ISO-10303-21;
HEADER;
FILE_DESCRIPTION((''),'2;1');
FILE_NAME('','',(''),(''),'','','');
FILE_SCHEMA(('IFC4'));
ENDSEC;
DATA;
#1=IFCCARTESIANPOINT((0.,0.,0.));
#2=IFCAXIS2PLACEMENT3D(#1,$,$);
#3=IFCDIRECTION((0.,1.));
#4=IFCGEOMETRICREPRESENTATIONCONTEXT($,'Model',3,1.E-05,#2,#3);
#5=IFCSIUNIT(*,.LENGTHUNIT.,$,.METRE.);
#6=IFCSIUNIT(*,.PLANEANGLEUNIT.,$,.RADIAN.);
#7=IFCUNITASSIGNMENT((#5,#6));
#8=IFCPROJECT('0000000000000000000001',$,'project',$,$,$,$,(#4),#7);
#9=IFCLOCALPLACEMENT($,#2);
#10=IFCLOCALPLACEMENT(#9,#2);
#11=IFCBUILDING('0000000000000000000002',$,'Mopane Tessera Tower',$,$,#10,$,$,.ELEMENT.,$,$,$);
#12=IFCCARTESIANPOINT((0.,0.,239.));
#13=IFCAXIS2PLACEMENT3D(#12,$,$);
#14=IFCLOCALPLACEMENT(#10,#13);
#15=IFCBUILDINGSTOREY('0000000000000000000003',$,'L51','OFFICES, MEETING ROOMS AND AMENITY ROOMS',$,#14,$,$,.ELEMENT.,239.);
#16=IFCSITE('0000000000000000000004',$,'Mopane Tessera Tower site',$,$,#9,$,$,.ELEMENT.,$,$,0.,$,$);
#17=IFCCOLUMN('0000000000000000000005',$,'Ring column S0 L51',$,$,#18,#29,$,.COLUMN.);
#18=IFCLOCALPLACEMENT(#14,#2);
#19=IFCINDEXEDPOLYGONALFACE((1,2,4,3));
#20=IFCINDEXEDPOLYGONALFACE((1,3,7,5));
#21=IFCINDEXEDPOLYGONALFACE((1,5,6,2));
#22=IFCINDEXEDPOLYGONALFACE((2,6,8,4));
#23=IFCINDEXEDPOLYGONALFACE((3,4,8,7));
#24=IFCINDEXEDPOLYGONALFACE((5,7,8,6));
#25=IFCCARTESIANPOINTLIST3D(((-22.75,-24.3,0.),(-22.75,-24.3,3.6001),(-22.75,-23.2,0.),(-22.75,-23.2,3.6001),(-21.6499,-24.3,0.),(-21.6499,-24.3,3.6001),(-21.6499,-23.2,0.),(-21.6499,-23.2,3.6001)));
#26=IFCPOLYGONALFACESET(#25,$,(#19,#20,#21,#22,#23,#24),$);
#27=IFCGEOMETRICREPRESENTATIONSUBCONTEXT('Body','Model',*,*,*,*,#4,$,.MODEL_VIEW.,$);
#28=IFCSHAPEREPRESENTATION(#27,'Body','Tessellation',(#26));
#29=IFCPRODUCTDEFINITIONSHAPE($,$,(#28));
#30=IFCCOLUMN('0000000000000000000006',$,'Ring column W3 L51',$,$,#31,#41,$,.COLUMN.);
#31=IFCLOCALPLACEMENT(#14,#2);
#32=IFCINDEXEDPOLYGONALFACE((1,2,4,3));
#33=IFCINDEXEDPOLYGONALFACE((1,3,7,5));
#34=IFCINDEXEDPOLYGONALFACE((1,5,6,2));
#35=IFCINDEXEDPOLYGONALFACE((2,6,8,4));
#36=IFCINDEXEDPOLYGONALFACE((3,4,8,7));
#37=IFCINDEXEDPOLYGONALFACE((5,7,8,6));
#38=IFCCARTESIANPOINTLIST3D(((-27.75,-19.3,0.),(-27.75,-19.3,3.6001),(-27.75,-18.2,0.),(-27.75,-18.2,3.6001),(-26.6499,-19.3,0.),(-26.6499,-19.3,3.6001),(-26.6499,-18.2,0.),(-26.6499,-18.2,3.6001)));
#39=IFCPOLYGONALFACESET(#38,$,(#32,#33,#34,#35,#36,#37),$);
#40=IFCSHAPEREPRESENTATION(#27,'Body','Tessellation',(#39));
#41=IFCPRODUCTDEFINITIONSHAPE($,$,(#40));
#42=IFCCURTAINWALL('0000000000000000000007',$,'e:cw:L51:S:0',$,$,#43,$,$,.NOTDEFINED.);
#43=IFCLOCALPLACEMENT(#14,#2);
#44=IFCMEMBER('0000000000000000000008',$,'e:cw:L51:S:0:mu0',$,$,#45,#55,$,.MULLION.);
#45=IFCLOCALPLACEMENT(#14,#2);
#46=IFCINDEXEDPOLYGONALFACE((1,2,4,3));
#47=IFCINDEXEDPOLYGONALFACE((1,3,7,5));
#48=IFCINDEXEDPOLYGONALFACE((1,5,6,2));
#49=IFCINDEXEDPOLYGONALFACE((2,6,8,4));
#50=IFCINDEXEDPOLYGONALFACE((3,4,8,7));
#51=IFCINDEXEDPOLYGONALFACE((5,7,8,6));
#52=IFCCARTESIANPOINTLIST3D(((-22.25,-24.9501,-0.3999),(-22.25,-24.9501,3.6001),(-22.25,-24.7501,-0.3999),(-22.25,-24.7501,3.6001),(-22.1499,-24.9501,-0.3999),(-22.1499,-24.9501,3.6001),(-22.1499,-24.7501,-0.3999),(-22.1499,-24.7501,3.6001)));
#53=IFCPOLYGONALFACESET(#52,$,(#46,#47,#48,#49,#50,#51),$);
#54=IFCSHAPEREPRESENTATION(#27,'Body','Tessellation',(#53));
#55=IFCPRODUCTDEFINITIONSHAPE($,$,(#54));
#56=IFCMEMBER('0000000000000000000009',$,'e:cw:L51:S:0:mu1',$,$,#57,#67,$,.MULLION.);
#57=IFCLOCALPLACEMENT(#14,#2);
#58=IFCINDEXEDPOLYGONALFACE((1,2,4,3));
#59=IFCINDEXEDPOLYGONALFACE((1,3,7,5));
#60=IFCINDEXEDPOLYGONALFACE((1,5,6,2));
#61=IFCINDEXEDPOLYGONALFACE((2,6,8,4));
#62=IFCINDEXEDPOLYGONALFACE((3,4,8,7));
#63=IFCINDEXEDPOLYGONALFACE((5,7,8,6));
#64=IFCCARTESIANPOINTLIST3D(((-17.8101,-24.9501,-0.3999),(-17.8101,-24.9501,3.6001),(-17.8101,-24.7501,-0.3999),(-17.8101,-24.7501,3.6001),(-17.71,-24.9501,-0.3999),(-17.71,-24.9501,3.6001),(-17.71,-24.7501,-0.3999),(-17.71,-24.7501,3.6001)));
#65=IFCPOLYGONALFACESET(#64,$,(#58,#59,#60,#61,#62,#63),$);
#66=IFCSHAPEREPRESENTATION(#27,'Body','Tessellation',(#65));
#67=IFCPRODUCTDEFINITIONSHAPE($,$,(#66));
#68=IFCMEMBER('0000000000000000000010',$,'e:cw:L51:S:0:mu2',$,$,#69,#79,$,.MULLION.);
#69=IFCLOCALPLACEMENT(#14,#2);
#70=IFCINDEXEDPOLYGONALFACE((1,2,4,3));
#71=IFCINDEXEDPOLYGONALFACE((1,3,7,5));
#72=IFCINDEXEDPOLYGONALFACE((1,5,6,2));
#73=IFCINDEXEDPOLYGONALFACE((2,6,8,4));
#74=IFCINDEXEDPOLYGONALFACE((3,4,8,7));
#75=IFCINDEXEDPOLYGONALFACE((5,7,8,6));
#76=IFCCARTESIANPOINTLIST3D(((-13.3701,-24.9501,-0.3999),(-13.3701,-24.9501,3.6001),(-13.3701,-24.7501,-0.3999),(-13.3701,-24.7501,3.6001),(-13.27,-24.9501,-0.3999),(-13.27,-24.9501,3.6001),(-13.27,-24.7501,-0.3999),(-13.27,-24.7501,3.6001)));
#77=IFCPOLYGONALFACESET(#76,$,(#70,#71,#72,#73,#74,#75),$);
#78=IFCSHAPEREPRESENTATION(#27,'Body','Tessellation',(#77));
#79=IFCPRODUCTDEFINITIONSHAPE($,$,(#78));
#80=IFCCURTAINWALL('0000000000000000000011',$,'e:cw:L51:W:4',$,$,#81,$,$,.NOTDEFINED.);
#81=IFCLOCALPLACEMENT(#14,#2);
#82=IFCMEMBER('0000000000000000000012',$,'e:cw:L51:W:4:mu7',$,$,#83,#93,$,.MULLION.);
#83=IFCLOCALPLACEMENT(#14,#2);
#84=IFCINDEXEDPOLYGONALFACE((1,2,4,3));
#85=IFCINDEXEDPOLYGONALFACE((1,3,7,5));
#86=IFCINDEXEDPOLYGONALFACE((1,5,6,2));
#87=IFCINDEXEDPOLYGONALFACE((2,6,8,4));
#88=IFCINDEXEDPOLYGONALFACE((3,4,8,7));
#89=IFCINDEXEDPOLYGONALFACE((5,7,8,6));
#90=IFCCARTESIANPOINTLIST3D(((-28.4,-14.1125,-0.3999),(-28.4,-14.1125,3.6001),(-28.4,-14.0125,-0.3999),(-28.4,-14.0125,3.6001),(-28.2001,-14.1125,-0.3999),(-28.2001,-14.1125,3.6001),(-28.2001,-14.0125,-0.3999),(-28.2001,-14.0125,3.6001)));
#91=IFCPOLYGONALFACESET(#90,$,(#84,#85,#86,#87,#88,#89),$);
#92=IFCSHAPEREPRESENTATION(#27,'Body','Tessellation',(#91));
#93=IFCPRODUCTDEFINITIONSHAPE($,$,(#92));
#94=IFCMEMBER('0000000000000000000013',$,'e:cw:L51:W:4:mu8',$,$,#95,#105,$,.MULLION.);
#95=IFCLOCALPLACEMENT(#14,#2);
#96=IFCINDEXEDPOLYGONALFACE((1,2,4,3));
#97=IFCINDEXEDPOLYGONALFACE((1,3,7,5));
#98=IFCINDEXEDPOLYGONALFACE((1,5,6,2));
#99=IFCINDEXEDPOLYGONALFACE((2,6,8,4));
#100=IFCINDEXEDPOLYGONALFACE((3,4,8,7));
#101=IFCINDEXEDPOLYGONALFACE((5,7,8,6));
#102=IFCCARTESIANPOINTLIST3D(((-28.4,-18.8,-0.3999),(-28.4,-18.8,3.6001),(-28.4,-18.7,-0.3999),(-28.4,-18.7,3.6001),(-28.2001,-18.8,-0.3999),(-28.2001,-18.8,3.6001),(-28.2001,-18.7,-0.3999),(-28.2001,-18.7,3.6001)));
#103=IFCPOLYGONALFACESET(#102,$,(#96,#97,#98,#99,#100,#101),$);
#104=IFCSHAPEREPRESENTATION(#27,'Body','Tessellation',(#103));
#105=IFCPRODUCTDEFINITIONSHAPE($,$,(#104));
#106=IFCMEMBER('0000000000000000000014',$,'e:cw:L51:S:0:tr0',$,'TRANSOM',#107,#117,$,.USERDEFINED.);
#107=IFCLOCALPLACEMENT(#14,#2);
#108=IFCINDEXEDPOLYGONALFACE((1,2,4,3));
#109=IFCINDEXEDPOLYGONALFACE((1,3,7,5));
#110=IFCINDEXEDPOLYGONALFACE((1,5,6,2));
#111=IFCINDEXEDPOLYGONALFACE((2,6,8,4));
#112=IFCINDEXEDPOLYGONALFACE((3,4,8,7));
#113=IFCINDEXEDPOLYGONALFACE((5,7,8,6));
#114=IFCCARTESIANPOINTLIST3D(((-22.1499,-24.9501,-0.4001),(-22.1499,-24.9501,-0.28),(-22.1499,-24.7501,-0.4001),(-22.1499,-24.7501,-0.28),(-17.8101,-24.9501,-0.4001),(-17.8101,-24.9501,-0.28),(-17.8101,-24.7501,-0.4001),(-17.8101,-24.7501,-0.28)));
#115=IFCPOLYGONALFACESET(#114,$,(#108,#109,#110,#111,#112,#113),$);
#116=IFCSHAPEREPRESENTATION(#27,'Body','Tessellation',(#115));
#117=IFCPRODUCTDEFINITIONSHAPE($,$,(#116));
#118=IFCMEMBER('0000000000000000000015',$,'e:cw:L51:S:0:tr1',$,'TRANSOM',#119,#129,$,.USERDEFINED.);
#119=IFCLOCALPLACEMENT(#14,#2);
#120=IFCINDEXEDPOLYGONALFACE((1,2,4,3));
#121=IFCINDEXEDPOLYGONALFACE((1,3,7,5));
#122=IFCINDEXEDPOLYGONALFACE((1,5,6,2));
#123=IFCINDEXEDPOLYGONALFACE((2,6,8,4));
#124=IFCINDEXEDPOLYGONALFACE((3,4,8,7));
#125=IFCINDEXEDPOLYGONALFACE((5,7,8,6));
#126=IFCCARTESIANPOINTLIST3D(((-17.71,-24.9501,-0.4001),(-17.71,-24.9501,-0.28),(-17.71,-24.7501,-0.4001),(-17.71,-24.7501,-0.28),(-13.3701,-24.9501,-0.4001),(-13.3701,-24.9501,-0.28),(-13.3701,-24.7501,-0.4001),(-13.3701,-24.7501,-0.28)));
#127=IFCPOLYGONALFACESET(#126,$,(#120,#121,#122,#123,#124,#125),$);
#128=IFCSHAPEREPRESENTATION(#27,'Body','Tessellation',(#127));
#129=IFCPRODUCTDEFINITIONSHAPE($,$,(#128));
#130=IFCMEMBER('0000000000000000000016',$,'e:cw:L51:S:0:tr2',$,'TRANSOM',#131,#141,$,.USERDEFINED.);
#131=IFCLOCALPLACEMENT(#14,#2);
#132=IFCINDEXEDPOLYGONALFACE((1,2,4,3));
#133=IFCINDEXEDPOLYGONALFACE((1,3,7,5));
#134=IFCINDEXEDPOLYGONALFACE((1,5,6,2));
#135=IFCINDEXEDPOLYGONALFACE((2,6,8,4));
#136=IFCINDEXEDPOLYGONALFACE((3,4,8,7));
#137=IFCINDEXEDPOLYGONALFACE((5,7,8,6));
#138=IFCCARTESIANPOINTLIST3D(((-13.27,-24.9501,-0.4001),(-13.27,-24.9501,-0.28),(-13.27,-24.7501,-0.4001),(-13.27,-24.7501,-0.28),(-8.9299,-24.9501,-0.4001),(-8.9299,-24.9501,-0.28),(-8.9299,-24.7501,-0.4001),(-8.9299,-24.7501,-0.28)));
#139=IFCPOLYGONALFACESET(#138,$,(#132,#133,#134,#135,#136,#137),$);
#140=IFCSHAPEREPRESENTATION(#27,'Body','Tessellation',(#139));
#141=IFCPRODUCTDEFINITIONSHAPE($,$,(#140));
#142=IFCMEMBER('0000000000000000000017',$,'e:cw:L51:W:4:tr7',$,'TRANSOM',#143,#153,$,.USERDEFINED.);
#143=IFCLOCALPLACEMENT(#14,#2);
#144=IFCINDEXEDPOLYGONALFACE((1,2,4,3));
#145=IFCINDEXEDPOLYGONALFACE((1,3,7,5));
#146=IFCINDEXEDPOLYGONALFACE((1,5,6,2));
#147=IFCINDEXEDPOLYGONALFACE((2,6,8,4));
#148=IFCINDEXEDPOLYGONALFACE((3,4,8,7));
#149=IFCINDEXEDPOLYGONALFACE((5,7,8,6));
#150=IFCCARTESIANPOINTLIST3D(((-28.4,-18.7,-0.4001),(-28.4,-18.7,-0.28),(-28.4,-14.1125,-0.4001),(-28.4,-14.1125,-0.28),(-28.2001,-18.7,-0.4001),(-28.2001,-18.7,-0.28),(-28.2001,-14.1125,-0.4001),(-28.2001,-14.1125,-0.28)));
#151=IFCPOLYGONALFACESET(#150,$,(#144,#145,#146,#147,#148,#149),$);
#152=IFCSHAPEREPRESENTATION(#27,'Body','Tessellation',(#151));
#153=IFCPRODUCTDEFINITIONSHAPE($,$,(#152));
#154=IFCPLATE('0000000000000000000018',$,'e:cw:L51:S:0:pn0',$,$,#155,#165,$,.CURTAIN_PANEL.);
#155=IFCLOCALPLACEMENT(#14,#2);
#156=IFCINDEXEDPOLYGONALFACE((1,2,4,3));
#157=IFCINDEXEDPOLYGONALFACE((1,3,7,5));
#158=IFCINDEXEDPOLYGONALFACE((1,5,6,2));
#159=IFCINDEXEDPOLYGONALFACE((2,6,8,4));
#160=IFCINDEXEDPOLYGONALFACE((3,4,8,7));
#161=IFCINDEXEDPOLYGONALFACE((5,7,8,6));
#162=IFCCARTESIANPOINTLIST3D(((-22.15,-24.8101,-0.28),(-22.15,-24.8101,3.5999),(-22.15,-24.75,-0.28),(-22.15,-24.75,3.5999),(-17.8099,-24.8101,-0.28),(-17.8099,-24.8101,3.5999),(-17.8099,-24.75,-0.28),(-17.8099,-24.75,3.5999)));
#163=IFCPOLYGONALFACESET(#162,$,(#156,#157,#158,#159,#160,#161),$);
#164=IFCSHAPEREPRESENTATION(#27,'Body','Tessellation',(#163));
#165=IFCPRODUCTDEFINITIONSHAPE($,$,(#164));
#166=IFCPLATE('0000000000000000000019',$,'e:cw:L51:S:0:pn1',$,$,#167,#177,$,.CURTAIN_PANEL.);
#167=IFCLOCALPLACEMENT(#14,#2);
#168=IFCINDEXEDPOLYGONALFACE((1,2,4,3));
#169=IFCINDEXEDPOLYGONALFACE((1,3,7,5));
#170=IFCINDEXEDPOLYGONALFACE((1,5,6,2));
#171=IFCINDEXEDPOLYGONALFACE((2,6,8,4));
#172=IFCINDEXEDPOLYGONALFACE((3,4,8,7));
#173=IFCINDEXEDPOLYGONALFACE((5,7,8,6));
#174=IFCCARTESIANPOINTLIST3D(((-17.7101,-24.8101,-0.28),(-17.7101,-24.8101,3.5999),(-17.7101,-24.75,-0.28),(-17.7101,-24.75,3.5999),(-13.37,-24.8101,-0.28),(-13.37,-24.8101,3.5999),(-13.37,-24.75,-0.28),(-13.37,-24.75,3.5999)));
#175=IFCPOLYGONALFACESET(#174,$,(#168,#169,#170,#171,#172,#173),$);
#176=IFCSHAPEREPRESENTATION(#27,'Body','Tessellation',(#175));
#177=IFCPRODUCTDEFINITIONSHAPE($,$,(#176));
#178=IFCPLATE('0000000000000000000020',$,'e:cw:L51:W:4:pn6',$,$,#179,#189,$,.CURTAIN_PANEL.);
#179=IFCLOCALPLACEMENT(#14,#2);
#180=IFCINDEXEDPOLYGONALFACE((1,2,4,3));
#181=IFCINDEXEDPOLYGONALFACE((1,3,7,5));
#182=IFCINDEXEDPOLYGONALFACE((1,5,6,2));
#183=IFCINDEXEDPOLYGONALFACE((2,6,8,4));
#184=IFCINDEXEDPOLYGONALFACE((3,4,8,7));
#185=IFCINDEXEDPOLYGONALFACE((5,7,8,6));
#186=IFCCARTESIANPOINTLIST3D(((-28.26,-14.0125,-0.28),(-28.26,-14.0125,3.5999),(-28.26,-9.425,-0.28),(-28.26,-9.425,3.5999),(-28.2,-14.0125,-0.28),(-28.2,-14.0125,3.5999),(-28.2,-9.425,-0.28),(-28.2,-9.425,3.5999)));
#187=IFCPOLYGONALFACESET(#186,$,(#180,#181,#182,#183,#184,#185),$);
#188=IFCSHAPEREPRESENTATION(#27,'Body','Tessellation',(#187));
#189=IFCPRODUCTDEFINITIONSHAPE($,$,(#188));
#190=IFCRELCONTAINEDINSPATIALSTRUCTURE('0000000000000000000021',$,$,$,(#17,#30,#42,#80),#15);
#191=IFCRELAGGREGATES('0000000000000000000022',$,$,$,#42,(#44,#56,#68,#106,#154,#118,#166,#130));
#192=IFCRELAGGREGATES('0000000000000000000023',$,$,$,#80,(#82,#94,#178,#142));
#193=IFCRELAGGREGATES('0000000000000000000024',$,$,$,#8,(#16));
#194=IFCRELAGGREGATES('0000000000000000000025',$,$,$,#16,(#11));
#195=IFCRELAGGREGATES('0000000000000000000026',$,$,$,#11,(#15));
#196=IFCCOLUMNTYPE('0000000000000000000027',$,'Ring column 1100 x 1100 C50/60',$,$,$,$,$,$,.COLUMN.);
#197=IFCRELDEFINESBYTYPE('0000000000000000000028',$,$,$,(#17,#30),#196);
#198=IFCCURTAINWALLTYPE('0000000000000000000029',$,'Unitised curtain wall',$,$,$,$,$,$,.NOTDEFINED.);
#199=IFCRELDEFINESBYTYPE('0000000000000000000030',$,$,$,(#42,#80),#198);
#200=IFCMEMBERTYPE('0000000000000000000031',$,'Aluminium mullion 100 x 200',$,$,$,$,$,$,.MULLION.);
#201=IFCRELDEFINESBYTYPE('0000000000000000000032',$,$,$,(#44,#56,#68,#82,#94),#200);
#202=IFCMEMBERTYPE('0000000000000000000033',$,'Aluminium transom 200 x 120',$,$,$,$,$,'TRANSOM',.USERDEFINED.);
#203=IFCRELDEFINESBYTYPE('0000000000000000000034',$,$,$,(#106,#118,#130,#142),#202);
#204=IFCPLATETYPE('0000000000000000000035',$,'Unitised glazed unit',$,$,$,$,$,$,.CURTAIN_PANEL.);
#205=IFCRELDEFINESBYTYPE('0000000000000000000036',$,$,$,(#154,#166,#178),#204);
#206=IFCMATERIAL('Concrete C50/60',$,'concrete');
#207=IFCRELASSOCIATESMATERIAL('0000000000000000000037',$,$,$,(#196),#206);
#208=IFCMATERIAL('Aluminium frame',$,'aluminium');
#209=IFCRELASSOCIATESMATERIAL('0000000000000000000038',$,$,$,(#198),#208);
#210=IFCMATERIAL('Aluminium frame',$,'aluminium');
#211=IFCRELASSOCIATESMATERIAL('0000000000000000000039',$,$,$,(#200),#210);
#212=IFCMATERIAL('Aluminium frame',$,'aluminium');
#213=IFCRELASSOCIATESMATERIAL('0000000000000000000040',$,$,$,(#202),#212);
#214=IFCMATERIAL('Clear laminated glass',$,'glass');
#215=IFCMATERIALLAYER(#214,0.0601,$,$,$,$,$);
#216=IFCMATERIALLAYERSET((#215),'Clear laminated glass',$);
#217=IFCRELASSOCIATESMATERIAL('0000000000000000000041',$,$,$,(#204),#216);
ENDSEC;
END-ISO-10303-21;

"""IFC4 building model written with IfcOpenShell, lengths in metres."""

from ifc_helpers import new_model, si_unit, direction, frame, origin, origin_2d, place, context, subcontext, project, spatial, rectangle, extrude, material, layer, layer_set, material_profile, profile_set, type_object, element, aggregate, save


model = new_model("IFC4")

# Units and contexts
model_context = context("Model", 3, precision=1e-05, world=origin(), true_north=direction((0.0, 1.0)))
body_context = subcontext(model_context, "Body", "Model", "MODEL_VIEW")
ifc_project = project(units=[si_unit("LENGTHUNIT", "METRE"), si_unit("PLANEANGLEUNIT", "RADIAN")], contexts=[model_context])

# Site, building, storey
site_placement = place(None, origin())
site = spatial("IfcSite", under=ifc_project, at=site_placement, Name="Mopane Tessera Tower site", CompositionType="ELEMENT", RefElevation=0.0)
building_placement = place(site_placement, origin())
building = spatial("IfcBuilding", under=site, at=building_placement, Name="Mopane Tessera Tower", CompositionType="ELEMENT")
storey_placement = place(building_placement, frame((0.0, 0.0, 239.0)))
storey = spatial("IfcBuildingStorey", under=building, at=storey_placement, Name="L51", Description="OFFICES, MEETING ROOMS AND AMENITY ROOMS", CompositionType="ELEMENT", Elevation=239.0)

# Columns
ifc_material_1 = material(Name="Concrete C50/60", Category="concrete")
ifc_material_profile_1 = material_profile(ifc_material_1, rectangle(XDim=1.1001, YDim=1.1001, at=origin_2d()))
ifc_profile_set_1 = profile_set([ifc_material_profile_1], Name="Concrete C50/60")
column_type = type_object("IfcColumnType", Name="Ring column 1100 x 1100 C50/60", PredefinedType="COLUMN", material=ifc_profile_set_1)
for number, where, z_axis, x_axis, name in (
    (1, (-22.2, -23.75, 0.0), (0.0, 0.0, 1.0), (1.0, 0.0, 0.0), "Ring column S0 L51"),
    (2, (-27.2, -18.75, 0.0), (0.0, 0.0, 1.0), (1.0, 0.0, 0.0), "Ring column W3 L51"),
):
    element("IfcColumn", number, at=place(storey_placement, frame(where, z_axis=z_axis, x_axis=x_axis)), inside=storey, type_object=column_type, Name=name, PredefinedType="COLUMN", context=body_context, shape_type="SweptSolid", body=[
        extrude(rectangle(XDim=1.1001, YDim=1.1001, at=origin_2d()), origin(), (0.0, 0.0, 1.0), 3.6001),
    ])

# Curtain walls, members
ifc_material_2 = material(Name="Aluminium frame", Category="aluminium")
curtain_wall_type = type_object("IfcCurtainWallType", Name="Unitised curtain wall", PredefinedType="NOTDEFINED", material=ifc_material_2)
curtain_wall_1_placement = place(storey_placement, origin())
curtain_wall_1 = element("IfcCurtainWall", 3, at=curtain_wall_1_placement, inside=storey, type_object=curtain_wall_type, Name="e:cw:L51:S:0", PredefinedType="NOTDEFINED")
ifc_material_3 = material(Name="Aluminium frame", Category="aluminium")
ifc_material_profile_2 = material_profile(ifc_material_3, rectangle(XDim=0.1001, YDim=0.2, at=origin_2d()))
ifc_profile_set_2 = profile_set([ifc_material_profile_2], Name="Aluminium frame")
member_type_1 = type_object("IfcMemberType", Name="Aluminium mullion 100 x 200", PredefinedType="MULLION", material=ifc_profile_set_2)
member_1_placement = place(storey_placement, frame((-22.2, -24.8501, -0.3999), z_axis=(0.0, 0.0, 1.0), x_axis=(1.0, 0.0, 0.0)))
member_1 = element("IfcMember", 4, at=member_1_placement, type_object=member_type_1, Name="e:cw:L51:S:0:mu0", PredefinedType="MULLION", context=body_context, shape_type="SweptSolid", body=[
    extrude(rectangle(XDim=0.1001, YDim=0.2, at=origin_2d()), origin(), (0.0, 0.0, 1.0), 4.0),
])
member_2_placement = place(storey_placement, frame((-17.76, -24.8501, -0.3999), z_axis=(0.0, 0.0, 1.0), x_axis=(1.0, 0.0, 0.0)))
member_2 = element("IfcMember", 5, at=member_2_placement, type_object=member_type_1, Name="e:cw:L51:S:0:mu1", PredefinedType="MULLION", context=body_context, shape_type="SweptSolid", body=[
    extrude(rectangle(XDim=0.1001, YDim=0.2, at=origin_2d()), origin(), (0.0, 0.0, 1.0), 4.0),
])
member_3_placement = place(storey_placement, frame((-13.3201, -24.8501, -0.3999), z_axis=(0.0, 0.0, 1.0), x_axis=(1.0, 0.0, 0.0)))
member_3 = element("IfcMember", 6, at=member_3_placement, type_object=member_type_1, Name="e:cw:L51:S:0:mu2", PredefinedType="MULLION", context=body_context, shape_type="SweptSolid", body=[
    extrude(rectangle(XDim=0.1001, YDim=0.2, at=origin_2d()), origin(), (0.0, 0.0, 1.0), 4.0),
])
curtain_wall_2_placement = place(storey_placement, origin())
curtain_wall_2 = element("IfcCurtainWall", 7, at=curtain_wall_2_placement, inside=storey, type_object=curtain_wall_type, Name="e:cw:L51:W:4", PredefinedType="NOTDEFINED")
member_4_placement = place(storey_placement, frame((-28.3, -14.0625, -0.3999), z_axis=(0.0, 0.0, 1.0), x_axis=(0.0, -1.0, 0.0)))
member_4 = element("IfcMember", 8, at=member_4_placement, type_object=member_type_1, Name="e:cw:L51:W:4:mu7", PredefinedType="MULLION", context=body_context, shape_type="SweptSolid", body=[
    extrude(rectangle(XDim=0.1001, YDim=0.2, at=origin_2d()), origin(), (0.0, 0.0, 1.0), 4.0),
])
member_5_placement = place(storey_placement, frame((-28.3, -18.75, -0.3999), z_axis=(0.0, 0.0, 1.0), x_axis=(0.0, -1.0, 0.0)))
member_5 = element("IfcMember", 9, at=member_5_placement, type_object=member_type_1, Name="e:cw:L51:W:4:mu8", PredefinedType="MULLION", context=body_context, shape_type="SweptSolid", body=[
    extrude(rectangle(XDim=0.1001, YDim=0.2, at=origin_2d()), origin(), (0.0, 0.0, 1.0), 4.0),
])

# Members
ifc_material_4 = material(Name="Aluminium frame", Category="aluminium")
ifc_material_profile_3 = material_profile(ifc_material_4, rectangle(XDim=0.2, YDim=0.1201, at=origin_2d()))
ifc_profile_set_3 = profile_set([ifc_material_profile_3], Name="Aluminium frame")
member_type_2 = type_object("IfcMemberType", Name="Aluminium transom 200 x 120", ElementType="TRANSOM", PredefinedType="USERDEFINED", material=ifc_profile_set_3)
member_6_placement = place(storey_placement, frame((-22.1499, -24.8501, -0.3401), z_axis=(1.0, 0.0, 0.0), x_axis=(0.0, 1.0, 0.0)))
member_6 = element("IfcMember", 10, at=member_6_placement, type_object=member_type_2, Name="e:cw:L51:S:0:tr0", ObjectType="TRANSOM", PredefinedType="USERDEFINED", context=body_context, shape_type="SweptSolid", body=[
    extrude(rectangle(XDim=0.2, YDim=0.1201, at=origin_2d()), origin(), (0.0, 0.0, 1.0), 4.3398),
])
member_7_placement = place(storey_placement, frame((-17.71, -24.8501, -0.3401), z_axis=(1.0, 0.0, 0.0), x_axis=(0.0, 1.0, 0.0)))
member_7 = element("IfcMember", 11, at=member_7_placement, type_object=member_type_2, Name="e:cw:L51:S:0:tr1", ObjectType="TRANSOM", PredefinedType="USERDEFINED", context=body_context, shape_type="SweptSolid", body=[
    extrude(rectangle(XDim=0.2, YDim=0.1201, at=origin_2d()), origin(), (0.0, 0.0, 1.0), 4.3398),
])
member_8_placement = place(storey_placement, frame((-13.27, -24.8501, -0.3401), z_axis=(1.0, 0.0, 0.0), x_axis=(0.0, 1.0, 0.0)))
member_8 = element("IfcMember", 12, at=member_8_placement, type_object=member_type_2, Name="e:cw:L51:S:0:tr2", ObjectType="TRANSOM", PredefinedType="USERDEFINED", context=body_context, shape_type="SweptSolid", body=[
    extrude(rectangle(XDim=0.2, YDim=0.1201, at=origin_2d()), origin(), (0.0, 0.0, 1.0), 4.3401),
])
member_9_placement = place(storey_placement, frame((-28.3, -14.1125, -0.3401), z_axis=(0.0, -1.0, 0.0), x_axis=(1.0, 0.0, 0.0)))
member_9 = element("IfcMember", 13, at=member_9_placement, type_object=member_type_2, Name="e:cw:L51:W:4:tr7", ObjectType="TRANSOM", PredefinedType="USERDEFINED", context=body_context, shape_type="SweptSolid", body=[
    extrude(rectangle(XDim=0.2, YDim=0.1201, at=origin_2d()), origin(), (0.0, 0.0, 1.0), 4.5874),
])

# Plates
ifc_material_5 = material(Name="Clear laminated glass", Category="glass")
ifc_layer = layer(ifc_material_5, 0.0601)
ifc_layer_set = layer_set([ifc_layer], Name="Clear laminated glass")
plate_type = type_object("IfcPlateType", Name="Unitised glazed unit", PredefinedType="CURTAIN_PANEL", material=ifc_layer_set)
plate_1_placement = place(storey_placement, frame((-19.98, -24.78, -0.28), z_axis=(0.0, 0.0, 1.0), x_axis=(1.0, 0.0, 0.0)))
plate_1 = element("IfcPlate", 14, at=plate_1_placement, type_object=plate_type, Name="e:cw:L51:S:0:pn0", PredefinedType="CURTAIN_PANEL", context=body_context, shape_type="SweptSolid", body=[
    extrude(rectangle(XDim=4.3401, YDim=0.0601, at=origin_2d()), origin(), (0.0, 0.0, 1.0), 3.8799),
])
plate_2_placement = place(storey_placement, frame((-15.54, -24.78, -0.28), z_axis=(0.0, 0.0, 1.0), x_axis=(1.0, 0.0, 0.0)))
plate_2 = element("IfcPlate", 15, at=plate_2_placement, type_object=plate_type, Name="e:cw:L51:S:0:pn1", PredefinedType="CURTAIN_PANEL", context=body_context, shape_type="SweptSolid", body=[
    extrude(rectangle(XDim=4.3401, YDim=0.0601, at=origin_2d()), origin(), (0.0, 0.0, 1.0), 3.8799),
])
aggregate(curtain_wall_1, [member_1, member_2, member_3, member_6, plate_1, member_7, plate_2, member_8])
plate_3_placement = place(storey_placement, frame((-28.23, -11.7188, -0.28), z_axis=(0.0, 0.0, 1.0), x_axis=(0.0, -1.0, 0.0)))
plate_3 = element("IfcPlate", 16, at=plate_3_placement, type_object=plate_type, Name="e:cw:L51:W:4:pn6", PredefinedType="CURTAIN_PANEL", context=body_context, shape_type="SweptSolid", body=[
    extrude(rectangle(XDim=4.5874, YDim=0.0601, at=origin_2d()), origin(), (0.0, 0.0, 1.0), 3.8799),
])
aggregate(curtain_wall_2, [member_4, member_5, plate_3, member_9])

save(model, "model.ifc")
